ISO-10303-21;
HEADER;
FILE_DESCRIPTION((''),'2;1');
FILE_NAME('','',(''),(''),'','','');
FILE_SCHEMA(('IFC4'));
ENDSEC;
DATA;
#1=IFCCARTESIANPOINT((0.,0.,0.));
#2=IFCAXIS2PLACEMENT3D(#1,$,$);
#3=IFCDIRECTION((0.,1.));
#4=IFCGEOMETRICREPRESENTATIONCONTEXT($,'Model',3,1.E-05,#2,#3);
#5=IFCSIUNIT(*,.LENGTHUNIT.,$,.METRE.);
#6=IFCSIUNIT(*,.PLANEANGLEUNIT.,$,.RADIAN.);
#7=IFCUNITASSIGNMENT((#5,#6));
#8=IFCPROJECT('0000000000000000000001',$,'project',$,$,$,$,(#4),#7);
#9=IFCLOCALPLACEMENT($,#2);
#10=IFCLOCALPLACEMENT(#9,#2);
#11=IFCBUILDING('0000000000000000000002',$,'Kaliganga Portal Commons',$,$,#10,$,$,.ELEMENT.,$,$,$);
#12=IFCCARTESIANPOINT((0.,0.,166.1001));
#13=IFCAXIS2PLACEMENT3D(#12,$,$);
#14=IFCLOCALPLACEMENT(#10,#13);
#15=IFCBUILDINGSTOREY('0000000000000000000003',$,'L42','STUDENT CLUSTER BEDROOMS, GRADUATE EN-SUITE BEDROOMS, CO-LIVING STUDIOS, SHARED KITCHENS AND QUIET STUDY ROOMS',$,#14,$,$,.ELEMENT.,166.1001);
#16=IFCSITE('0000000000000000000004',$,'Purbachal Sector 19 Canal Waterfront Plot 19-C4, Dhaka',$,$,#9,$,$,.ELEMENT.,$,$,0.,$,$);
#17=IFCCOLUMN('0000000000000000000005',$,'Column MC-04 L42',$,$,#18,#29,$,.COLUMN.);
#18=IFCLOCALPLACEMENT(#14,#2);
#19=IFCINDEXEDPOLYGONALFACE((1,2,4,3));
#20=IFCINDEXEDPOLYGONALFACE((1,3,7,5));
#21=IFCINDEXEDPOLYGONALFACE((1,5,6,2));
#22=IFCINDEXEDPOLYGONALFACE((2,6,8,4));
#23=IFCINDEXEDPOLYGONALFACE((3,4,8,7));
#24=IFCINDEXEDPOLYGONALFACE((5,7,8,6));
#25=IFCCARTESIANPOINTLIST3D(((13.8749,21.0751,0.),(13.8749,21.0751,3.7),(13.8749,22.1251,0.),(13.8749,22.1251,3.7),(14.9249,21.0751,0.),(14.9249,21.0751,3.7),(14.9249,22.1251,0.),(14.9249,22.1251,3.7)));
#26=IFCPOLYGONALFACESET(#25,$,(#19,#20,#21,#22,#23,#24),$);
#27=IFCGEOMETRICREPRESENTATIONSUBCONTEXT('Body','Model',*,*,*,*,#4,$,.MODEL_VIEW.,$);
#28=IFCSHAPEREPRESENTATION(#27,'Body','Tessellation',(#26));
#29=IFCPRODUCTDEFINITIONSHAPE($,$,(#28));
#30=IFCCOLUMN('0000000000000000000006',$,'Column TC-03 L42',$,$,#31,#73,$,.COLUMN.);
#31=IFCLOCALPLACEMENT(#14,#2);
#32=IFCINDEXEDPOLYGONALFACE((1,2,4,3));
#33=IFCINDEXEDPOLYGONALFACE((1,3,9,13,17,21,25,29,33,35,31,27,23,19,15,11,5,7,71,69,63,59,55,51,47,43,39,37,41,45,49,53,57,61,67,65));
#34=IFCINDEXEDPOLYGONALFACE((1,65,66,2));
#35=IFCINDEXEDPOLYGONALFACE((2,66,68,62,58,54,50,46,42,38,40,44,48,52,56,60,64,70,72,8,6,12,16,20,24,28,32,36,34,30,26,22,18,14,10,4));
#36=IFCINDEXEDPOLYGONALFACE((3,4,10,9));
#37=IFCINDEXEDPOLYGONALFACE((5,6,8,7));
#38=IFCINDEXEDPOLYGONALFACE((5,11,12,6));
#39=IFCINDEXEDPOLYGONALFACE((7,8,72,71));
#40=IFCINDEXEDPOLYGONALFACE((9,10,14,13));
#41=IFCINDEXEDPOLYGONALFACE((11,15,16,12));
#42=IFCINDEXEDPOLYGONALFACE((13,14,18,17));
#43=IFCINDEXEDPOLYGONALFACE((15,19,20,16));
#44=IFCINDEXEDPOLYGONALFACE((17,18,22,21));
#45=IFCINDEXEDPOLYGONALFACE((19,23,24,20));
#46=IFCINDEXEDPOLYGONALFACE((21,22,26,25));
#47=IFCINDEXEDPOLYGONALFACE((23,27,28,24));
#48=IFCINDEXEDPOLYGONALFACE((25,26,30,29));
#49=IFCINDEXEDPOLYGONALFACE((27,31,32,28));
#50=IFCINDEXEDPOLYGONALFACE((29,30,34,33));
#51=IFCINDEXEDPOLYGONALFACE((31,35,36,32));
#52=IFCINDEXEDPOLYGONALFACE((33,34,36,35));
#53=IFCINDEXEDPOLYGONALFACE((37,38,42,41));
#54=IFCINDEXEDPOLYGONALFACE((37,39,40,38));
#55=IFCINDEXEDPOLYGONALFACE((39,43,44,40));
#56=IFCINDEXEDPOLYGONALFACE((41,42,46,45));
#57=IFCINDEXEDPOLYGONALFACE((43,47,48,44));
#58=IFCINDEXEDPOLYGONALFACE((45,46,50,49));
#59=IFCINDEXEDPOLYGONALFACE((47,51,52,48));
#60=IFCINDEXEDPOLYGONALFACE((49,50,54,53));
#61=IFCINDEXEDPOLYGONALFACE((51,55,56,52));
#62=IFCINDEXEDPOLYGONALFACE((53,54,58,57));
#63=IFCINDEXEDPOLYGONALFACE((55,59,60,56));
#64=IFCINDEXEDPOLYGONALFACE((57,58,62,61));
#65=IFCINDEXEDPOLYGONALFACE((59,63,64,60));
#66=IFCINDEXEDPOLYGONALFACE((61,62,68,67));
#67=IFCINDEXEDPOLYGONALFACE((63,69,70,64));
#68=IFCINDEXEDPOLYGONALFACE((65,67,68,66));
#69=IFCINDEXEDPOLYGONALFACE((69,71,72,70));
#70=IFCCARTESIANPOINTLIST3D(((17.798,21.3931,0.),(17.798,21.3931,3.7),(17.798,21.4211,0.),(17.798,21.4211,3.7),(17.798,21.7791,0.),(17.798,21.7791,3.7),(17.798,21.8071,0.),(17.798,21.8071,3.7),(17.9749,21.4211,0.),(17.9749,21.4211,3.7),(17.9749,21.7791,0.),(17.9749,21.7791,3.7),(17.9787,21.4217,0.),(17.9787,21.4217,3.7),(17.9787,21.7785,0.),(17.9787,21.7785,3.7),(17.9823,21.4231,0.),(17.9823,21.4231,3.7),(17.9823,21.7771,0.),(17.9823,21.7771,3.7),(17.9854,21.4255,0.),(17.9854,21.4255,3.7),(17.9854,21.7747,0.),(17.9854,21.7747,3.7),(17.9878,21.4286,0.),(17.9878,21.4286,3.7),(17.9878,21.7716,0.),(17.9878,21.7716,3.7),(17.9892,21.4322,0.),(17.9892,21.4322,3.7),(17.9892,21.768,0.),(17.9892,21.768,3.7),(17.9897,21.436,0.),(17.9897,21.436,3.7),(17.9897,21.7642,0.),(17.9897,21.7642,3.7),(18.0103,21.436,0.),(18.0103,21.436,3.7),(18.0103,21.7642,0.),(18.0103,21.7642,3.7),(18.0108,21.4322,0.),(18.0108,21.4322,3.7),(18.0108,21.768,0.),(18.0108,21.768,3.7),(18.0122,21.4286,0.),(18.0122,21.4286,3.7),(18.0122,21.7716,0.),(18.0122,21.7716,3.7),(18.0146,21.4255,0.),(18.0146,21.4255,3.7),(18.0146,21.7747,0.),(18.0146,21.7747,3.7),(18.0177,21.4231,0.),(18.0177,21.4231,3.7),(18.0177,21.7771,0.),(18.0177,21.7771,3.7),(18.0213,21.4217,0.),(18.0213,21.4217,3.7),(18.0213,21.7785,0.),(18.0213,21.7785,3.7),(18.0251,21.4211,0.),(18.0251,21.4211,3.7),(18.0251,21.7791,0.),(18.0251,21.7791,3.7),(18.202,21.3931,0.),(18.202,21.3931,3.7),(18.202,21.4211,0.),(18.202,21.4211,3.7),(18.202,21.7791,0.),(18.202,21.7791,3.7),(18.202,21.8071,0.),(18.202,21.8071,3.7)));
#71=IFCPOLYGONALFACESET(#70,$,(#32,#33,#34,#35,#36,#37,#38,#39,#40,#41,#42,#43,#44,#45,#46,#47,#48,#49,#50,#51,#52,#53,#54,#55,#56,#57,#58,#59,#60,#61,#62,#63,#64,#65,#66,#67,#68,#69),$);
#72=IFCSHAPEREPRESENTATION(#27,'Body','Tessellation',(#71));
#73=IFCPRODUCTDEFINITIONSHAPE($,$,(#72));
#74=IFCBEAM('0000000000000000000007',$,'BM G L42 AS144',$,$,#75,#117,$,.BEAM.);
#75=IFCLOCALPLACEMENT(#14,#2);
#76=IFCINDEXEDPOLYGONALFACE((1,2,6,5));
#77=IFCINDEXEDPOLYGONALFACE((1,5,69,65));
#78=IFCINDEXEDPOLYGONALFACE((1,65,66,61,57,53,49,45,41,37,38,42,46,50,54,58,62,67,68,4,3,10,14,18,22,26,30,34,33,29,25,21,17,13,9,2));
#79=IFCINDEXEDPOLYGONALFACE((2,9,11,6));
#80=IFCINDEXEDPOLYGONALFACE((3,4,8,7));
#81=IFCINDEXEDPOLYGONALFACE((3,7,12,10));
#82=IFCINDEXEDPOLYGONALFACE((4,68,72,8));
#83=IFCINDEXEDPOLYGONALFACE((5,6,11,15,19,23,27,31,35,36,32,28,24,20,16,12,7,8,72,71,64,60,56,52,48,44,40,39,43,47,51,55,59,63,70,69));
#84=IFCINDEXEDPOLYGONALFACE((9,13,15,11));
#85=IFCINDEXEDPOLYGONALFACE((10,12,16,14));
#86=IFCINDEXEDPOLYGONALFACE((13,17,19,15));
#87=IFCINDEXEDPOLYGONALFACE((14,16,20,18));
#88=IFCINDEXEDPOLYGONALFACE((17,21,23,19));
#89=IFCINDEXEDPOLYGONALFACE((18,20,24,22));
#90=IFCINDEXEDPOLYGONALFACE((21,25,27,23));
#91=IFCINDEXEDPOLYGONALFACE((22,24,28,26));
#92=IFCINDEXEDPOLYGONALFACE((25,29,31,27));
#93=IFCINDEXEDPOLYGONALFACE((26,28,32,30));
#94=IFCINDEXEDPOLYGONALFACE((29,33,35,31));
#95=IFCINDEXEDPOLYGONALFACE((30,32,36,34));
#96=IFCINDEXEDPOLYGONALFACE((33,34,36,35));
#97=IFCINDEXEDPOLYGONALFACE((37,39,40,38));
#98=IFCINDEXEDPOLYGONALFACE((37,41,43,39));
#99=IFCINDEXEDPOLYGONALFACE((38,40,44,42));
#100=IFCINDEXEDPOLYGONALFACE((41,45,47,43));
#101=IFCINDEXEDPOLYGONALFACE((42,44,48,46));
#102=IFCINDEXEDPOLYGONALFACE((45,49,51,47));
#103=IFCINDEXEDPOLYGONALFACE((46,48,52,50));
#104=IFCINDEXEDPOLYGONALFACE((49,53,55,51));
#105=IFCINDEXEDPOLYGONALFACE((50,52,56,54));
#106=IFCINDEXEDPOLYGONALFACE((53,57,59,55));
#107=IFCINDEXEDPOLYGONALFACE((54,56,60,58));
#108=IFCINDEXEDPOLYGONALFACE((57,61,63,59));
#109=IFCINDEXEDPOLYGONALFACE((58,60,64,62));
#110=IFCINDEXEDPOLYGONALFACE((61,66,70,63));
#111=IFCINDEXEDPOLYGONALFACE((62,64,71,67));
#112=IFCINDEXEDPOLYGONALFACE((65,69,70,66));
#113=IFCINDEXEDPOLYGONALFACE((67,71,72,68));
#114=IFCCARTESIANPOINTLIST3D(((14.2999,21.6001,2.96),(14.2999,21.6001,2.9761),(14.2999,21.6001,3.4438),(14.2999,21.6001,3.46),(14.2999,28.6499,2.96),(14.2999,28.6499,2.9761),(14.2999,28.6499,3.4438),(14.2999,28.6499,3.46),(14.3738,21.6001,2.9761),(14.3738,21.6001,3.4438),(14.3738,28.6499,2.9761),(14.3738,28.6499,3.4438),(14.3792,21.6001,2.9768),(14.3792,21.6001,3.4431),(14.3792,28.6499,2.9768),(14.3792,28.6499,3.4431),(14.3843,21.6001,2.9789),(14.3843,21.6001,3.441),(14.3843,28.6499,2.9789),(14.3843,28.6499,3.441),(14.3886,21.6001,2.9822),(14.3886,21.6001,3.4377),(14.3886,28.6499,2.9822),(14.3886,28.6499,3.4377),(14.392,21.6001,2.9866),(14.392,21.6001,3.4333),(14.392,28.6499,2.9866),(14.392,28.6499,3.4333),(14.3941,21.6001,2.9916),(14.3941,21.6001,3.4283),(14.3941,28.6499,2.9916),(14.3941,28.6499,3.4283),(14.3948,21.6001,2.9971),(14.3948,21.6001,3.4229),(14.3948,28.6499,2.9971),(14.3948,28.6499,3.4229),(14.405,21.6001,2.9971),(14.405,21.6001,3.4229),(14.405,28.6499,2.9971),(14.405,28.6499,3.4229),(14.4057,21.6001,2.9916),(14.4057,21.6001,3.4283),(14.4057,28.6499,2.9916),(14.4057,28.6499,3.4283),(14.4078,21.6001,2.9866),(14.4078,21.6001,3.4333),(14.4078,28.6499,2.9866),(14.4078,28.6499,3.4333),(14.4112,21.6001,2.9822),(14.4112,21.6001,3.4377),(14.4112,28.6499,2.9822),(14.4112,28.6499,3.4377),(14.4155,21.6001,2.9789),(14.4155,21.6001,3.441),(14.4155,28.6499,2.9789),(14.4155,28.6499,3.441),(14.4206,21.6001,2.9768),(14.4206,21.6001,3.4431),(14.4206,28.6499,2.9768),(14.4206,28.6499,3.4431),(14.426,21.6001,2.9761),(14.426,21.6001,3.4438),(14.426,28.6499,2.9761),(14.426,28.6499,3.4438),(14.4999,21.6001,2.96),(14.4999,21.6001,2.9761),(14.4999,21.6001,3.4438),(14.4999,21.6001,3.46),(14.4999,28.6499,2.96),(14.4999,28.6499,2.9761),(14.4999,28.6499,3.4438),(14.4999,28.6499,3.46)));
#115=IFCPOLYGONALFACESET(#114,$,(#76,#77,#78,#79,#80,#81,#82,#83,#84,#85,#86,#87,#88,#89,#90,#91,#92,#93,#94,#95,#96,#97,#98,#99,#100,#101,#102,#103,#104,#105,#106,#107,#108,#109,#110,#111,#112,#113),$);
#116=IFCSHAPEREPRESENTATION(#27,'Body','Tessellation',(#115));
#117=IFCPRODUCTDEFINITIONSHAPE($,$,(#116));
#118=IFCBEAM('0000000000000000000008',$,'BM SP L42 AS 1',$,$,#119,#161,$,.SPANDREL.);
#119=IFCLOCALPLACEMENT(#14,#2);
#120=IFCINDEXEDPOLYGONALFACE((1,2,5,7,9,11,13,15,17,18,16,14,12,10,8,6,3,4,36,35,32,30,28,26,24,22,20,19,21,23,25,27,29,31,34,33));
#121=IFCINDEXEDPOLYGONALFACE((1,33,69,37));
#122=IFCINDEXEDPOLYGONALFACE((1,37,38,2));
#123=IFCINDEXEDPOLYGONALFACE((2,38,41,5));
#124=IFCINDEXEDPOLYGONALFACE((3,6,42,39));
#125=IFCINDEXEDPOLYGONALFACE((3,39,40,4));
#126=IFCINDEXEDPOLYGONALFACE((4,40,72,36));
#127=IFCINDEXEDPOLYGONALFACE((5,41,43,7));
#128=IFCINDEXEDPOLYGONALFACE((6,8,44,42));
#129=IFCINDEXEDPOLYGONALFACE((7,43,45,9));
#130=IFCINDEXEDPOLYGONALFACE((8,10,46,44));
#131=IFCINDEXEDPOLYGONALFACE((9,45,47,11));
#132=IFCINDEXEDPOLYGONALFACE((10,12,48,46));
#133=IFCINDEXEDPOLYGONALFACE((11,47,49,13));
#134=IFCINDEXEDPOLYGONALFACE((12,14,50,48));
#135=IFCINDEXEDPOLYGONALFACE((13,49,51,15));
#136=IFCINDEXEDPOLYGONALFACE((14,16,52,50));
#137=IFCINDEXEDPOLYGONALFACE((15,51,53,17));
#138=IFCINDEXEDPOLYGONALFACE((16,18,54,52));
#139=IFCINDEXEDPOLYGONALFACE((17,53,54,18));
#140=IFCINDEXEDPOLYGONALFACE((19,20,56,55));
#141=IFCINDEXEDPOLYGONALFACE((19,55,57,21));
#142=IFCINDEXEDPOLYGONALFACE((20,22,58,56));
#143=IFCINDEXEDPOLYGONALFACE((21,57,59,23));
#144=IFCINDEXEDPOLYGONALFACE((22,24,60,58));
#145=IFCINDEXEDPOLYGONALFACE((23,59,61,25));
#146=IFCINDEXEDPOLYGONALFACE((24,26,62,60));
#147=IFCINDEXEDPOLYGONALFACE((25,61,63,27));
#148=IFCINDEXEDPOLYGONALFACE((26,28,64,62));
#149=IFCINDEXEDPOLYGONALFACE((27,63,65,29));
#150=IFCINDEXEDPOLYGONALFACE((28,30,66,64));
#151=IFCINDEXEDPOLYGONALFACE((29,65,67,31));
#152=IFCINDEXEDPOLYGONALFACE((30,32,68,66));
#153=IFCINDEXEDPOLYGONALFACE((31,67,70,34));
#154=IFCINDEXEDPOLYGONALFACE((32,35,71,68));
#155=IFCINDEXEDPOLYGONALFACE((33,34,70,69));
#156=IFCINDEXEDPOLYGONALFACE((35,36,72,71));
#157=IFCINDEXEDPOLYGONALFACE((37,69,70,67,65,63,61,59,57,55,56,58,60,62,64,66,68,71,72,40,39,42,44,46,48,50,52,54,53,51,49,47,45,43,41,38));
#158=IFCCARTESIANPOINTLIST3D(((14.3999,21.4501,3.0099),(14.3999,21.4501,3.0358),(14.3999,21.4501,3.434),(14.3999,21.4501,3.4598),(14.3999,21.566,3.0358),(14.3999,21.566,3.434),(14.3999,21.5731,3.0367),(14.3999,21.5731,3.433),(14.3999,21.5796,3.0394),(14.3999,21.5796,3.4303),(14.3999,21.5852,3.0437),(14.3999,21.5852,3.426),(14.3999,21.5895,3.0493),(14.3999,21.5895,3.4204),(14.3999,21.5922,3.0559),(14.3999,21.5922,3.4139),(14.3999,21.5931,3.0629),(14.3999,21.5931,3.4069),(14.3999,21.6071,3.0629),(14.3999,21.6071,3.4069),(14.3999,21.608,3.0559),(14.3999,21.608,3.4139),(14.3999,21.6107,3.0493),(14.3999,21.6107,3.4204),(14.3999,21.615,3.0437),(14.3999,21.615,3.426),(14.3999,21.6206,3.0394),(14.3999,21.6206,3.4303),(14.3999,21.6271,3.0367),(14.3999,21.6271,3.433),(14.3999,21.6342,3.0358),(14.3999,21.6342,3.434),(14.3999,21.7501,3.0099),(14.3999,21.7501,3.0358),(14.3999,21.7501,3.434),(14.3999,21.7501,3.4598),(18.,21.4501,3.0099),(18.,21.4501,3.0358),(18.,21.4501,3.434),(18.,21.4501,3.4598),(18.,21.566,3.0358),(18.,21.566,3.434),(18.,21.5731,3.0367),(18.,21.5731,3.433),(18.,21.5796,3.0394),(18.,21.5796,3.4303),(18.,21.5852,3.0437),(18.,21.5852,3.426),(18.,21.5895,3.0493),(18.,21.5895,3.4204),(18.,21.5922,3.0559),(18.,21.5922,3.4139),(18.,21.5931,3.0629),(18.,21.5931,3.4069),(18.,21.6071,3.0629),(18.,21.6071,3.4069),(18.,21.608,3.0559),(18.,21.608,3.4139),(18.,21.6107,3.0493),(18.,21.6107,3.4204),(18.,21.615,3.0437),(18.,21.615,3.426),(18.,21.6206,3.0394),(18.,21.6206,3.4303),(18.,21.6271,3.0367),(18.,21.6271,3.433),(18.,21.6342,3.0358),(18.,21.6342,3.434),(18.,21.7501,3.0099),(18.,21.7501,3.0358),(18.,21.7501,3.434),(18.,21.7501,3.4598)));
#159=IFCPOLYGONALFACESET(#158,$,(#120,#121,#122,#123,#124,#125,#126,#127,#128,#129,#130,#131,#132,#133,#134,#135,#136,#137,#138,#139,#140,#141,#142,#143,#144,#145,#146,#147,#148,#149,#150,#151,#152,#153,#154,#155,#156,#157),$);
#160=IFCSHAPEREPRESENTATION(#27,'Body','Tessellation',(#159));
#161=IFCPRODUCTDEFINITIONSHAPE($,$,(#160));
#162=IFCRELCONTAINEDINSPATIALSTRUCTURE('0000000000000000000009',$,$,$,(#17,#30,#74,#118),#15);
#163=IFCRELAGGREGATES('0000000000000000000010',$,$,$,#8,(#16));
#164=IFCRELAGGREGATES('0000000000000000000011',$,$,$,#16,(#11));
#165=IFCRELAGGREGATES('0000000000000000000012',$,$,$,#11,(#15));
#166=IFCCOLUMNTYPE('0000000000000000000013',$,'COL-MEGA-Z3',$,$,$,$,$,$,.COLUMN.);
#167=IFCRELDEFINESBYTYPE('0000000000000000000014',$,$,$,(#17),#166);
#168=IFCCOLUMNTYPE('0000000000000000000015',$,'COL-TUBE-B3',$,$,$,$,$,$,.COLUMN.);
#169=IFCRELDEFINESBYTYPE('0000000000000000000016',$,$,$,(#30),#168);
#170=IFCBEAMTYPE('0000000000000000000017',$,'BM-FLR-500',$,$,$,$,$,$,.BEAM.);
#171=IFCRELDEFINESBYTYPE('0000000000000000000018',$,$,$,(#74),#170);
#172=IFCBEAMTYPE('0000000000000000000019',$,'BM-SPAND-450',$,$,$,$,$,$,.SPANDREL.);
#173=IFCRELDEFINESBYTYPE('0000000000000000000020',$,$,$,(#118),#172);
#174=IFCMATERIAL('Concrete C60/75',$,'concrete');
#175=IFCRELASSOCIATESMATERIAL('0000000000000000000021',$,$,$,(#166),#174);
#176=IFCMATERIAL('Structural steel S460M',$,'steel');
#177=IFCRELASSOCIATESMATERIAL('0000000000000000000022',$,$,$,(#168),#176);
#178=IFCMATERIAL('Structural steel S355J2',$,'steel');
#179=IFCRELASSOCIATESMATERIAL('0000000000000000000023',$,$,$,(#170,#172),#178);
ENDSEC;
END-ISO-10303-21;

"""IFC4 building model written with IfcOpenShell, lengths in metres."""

from ifc_helpers import new_model, si_unit, direction, frame, origin, origin_2d, place, context, subcontext, project, spatial, rectangle, i_section, extrude, source, transform, mapped, material, material_profile, profile_set, type_object, element, save


model = new_model("IFC4")

# Units and contexts
model_context = context("Model", 3, precision=1e-05, world=origin(), true_north=direction((0.0, 1.0)))
body_context = subcontext(model_context, "Body", "Model", "MODEL_VIEW")
ifc_project = project(units=[si_unit("LENGTHUNIT", "METRE"), si_unit("PLANEANGLEUNIT", "RADIAN")], contexts=[model_context])

# Site, building, storey
site_placement = place(None, origin())
site = spatial("IfcSite", under=ifc_project, at=site_placement, Name="Purbachal Sector 19 Canal Waterfront Plot 19-C4, Dhaka", CompositionType="ELEMENT", RefElevation=0.0)
building_placement = place(site_placement, origin())
building = spatial("IfcBuilding", under=site, at=building_placement, Name="Kaliganga Portal Commons", CompositionType="ELEMENT")
storey_placement = place(building_placement, frame((0.0, 0.0, 166.1001)))
storey = spatial("IfcBuildingStorey", under=building, at=storey_placement, Name="L42", Description="STUDENT CLUSTER BEDROOMS, GRADUATE EN-SUITE BEDROOMS, CO-LIVING STUDIOS, SHARED KITCHENS AND QUIET STUDY ROOMS", CompositionType="ELEMENT", Elevation=166.1001)

# Columns
ifc_material_1 = material(Name="Concrete C60/75", Category="concrete")
ifc_material_profile_1 = material_profile(ifc_material_1, rectangle(XDim=1.05, YDim=1.05, at=origin_2d()), Name="RC 1050x1050")
ifc_profile_set_1 = profile_set([ifc_material_profile_1], Name="Concrete C60/75")
column_type_1 = type_object("IfcColumnType", Name="COL-MEGA-Z3", PredefinedType="COLUMN", material=ifc_profile_set_1)
shared_shape_1 = source(origin(), body_context, "Body", "SweptSolid", [
    extrude(rectangle(XDim=1.05, YDim=1.05, at=origin_2d()), origin(), (0.0, 0.0, 1.0), 3.7),
])
column_1_placement = place(storey_placement, frame((14.3999, 21.6001, 0.0), z_axis=(0.0, 0.0, 1.0), x_axis=(1.0, 0.0, 0.0)))
element("IfcColumn", 1, at=column_1_placement, inside=storey, type_object=column_type_1, Name="Column MC-04 L42", PredefinedType="COLUMN", context=body_context, shape_type="MappedRepresentation", body=[
    mapped(shared_shape_1, transform((0.0, 0.0, 0.0), x_axis=(1.0, 0.0, 0.0), y_axis=(0.0, 1.0, 0.0), z_axis=(0.0, 0.0, 1.0), scale=1.0)),
])
ifc_material_2 = material(Name="Structural steel S460M", Category="steel")
ifc_material_profile_2 = material_profile(ifc_material_2, i_section(OverallWidth=0.4041, OverallDepth=0.4141, WebThickness=0.0205, FlangeThickness=0.0281, FilletRadius=0.0149, at=origin_2d()), Name="HD 400x347")
ifc_profile_set_2 = profile_set([ifc_material_profile_2], Name="Structural steel S460M wide-flange")
column_type_2 = type_object("IfcColumnType", Name="COL-TUBE-B3", PredefinedType="COLUMN", material=ifc_profile_set_2)
shared_shape_2 = source(origin(), body_context, "Body", "SweptSolid", [
    extrude(i_section(OverallWidth=0.4041, OverallDepth=0.4141, WebThickness=0.0205, FlangeThickness=0.0281, FilletRadius=0.0149, at=origin_2d()), origin(), (0.0, 0.0, 1.0), 3.7),
])
column_2_placement = place(storey_placement, frame((18.0, 21.6001, 0.0), z_axis=(0.0, 0.0, 1.0), x_axis=(1.0, 0.0, 0.0)))
element("IfcColumn", 2, at=column_2_placement, inside=storey, type_object=column_type_2, Name="Column TC-03 L42", PredefinedType="COLUMN", context=body_context, shape_type="MappedRepresentation", body=[
    mapped(shared_shape_2, transform((0.0, 0.0, 0.0), x_axis=(1.0, 0.0, 0.0), y_axis=(0.0, 1.0, 0.0), z_axis=(0.0, 0.0, 1.0), scale=1.0)),
])

# Beams
ifc_material_3 = material(Name="Structural steel S355J2", Category="steel")
ifc_material_profile_3 = material_profile(ifc_material_3, i_section(OverallWidth=0.2, OverallDepth=0.5, WebThickness=0.0103, FlangeThickness=0.0161, FilletRadius=0.021, at=origin_2d()), Name="IPE 500")
ifc_profile_set_3 = profile_set([ifc_material_profile_3], Name="Structural steel S355J2 wide-flange")
beam_type_1 = type_object("IfcBeamType", Name="BM-FLR-500", PredefinedType="BEAM", material=ifc_profile_set_3)
shared_shape_3 = source(origin(), body_context, "Body", "SweptSolid", [
    extrude(i_section(OverallWidth=0.2, OverallDepth=0.5, WebThickness=0.0103, FlangeThickness=0.0161, FilletRadius=0.021, at=origin_2d()), origin(), (0.0, 0.0, 1.0), 7.0498),
])
beam_1_placement = place(storey_placement, frame((14.3999, 21.6001, 3.21), z_axis=(0.0, 1.0, 0.0), x_axis=(-1.0, 0.0, 0.0)))
element("IfcBeam", 3, at=beam_1_placement, inside=storey, type_object=beam_type_1, Name="BM G L42 AS144", PredefinedType="BEAM", context=body_context, shape_type="MappedRepresentation", body=[
    mapped(shared_shape_3, transform((0.0, 0.0, 0.0), x_axis=(1.0, 0.0, 0.0), y_axis=(0.0, 1.0, 0.0), z_axis=(0.0, 0.0, 1.0), scale=1.0)),
])
ifc_material_profile_4 = material_profile(ifc_material_3, i_section(OverallWidth=0.3, OverallDepth=0.45, WebThickness=0.0139, FlangeThickness=0.0259, FilletRadius=0.0271, at=origin_2d()), Name="HE 450 B")
ifc_profile_set_4 = profile_set([ifc_material_profile_4], Name="Structural steel S355J2 wide-flange")
beam_type_2 = type_object("IfcBeamType", Name="BM-SPAND-450", PredefinedType="SPANDREL", material=ifc_profile_set_4)
shared_shape_4 = source(origin(), body_context, "Body", "SweptSolid", [
    extrude(i_section(OverallWidth=0.3, OverallDepth=0.45, WebThickness=0.0139, FlangeThickness=0.0259, FilletRadius=0.0271, at=origin_2d()), origin(), (0.0, 0.0, 1.0), 3.6001),
])
for number, where, z_axis, x_axis, name in (
    (4, (14.3999, 21.6001, 3.2349), (1.0, 0.0, 0.0), (0.0, 1.0, 0.0), "BM SP L42 AS 1"),
):
    element("IfcBeam", number, at=place(storey_placement, frame(where, z_axis=z_axis, x_axis=x_axis)), inside=storey, type_object=beam_type_2, Name=name, PredefinedType="SPANDREL", context=body_context, shape_type="MappedRepresentation", body=[
        mapped(shared_shape_4, transform((0.0, 0.0, 0.0), x_axis=(1.0, 0.0, 0.0), y_axis=(0.0, 1.0, 0.0), z_axis=(0.0, 0.0, 1.0), scale=1.0)),
    ])

save(model, "model.ifc")
